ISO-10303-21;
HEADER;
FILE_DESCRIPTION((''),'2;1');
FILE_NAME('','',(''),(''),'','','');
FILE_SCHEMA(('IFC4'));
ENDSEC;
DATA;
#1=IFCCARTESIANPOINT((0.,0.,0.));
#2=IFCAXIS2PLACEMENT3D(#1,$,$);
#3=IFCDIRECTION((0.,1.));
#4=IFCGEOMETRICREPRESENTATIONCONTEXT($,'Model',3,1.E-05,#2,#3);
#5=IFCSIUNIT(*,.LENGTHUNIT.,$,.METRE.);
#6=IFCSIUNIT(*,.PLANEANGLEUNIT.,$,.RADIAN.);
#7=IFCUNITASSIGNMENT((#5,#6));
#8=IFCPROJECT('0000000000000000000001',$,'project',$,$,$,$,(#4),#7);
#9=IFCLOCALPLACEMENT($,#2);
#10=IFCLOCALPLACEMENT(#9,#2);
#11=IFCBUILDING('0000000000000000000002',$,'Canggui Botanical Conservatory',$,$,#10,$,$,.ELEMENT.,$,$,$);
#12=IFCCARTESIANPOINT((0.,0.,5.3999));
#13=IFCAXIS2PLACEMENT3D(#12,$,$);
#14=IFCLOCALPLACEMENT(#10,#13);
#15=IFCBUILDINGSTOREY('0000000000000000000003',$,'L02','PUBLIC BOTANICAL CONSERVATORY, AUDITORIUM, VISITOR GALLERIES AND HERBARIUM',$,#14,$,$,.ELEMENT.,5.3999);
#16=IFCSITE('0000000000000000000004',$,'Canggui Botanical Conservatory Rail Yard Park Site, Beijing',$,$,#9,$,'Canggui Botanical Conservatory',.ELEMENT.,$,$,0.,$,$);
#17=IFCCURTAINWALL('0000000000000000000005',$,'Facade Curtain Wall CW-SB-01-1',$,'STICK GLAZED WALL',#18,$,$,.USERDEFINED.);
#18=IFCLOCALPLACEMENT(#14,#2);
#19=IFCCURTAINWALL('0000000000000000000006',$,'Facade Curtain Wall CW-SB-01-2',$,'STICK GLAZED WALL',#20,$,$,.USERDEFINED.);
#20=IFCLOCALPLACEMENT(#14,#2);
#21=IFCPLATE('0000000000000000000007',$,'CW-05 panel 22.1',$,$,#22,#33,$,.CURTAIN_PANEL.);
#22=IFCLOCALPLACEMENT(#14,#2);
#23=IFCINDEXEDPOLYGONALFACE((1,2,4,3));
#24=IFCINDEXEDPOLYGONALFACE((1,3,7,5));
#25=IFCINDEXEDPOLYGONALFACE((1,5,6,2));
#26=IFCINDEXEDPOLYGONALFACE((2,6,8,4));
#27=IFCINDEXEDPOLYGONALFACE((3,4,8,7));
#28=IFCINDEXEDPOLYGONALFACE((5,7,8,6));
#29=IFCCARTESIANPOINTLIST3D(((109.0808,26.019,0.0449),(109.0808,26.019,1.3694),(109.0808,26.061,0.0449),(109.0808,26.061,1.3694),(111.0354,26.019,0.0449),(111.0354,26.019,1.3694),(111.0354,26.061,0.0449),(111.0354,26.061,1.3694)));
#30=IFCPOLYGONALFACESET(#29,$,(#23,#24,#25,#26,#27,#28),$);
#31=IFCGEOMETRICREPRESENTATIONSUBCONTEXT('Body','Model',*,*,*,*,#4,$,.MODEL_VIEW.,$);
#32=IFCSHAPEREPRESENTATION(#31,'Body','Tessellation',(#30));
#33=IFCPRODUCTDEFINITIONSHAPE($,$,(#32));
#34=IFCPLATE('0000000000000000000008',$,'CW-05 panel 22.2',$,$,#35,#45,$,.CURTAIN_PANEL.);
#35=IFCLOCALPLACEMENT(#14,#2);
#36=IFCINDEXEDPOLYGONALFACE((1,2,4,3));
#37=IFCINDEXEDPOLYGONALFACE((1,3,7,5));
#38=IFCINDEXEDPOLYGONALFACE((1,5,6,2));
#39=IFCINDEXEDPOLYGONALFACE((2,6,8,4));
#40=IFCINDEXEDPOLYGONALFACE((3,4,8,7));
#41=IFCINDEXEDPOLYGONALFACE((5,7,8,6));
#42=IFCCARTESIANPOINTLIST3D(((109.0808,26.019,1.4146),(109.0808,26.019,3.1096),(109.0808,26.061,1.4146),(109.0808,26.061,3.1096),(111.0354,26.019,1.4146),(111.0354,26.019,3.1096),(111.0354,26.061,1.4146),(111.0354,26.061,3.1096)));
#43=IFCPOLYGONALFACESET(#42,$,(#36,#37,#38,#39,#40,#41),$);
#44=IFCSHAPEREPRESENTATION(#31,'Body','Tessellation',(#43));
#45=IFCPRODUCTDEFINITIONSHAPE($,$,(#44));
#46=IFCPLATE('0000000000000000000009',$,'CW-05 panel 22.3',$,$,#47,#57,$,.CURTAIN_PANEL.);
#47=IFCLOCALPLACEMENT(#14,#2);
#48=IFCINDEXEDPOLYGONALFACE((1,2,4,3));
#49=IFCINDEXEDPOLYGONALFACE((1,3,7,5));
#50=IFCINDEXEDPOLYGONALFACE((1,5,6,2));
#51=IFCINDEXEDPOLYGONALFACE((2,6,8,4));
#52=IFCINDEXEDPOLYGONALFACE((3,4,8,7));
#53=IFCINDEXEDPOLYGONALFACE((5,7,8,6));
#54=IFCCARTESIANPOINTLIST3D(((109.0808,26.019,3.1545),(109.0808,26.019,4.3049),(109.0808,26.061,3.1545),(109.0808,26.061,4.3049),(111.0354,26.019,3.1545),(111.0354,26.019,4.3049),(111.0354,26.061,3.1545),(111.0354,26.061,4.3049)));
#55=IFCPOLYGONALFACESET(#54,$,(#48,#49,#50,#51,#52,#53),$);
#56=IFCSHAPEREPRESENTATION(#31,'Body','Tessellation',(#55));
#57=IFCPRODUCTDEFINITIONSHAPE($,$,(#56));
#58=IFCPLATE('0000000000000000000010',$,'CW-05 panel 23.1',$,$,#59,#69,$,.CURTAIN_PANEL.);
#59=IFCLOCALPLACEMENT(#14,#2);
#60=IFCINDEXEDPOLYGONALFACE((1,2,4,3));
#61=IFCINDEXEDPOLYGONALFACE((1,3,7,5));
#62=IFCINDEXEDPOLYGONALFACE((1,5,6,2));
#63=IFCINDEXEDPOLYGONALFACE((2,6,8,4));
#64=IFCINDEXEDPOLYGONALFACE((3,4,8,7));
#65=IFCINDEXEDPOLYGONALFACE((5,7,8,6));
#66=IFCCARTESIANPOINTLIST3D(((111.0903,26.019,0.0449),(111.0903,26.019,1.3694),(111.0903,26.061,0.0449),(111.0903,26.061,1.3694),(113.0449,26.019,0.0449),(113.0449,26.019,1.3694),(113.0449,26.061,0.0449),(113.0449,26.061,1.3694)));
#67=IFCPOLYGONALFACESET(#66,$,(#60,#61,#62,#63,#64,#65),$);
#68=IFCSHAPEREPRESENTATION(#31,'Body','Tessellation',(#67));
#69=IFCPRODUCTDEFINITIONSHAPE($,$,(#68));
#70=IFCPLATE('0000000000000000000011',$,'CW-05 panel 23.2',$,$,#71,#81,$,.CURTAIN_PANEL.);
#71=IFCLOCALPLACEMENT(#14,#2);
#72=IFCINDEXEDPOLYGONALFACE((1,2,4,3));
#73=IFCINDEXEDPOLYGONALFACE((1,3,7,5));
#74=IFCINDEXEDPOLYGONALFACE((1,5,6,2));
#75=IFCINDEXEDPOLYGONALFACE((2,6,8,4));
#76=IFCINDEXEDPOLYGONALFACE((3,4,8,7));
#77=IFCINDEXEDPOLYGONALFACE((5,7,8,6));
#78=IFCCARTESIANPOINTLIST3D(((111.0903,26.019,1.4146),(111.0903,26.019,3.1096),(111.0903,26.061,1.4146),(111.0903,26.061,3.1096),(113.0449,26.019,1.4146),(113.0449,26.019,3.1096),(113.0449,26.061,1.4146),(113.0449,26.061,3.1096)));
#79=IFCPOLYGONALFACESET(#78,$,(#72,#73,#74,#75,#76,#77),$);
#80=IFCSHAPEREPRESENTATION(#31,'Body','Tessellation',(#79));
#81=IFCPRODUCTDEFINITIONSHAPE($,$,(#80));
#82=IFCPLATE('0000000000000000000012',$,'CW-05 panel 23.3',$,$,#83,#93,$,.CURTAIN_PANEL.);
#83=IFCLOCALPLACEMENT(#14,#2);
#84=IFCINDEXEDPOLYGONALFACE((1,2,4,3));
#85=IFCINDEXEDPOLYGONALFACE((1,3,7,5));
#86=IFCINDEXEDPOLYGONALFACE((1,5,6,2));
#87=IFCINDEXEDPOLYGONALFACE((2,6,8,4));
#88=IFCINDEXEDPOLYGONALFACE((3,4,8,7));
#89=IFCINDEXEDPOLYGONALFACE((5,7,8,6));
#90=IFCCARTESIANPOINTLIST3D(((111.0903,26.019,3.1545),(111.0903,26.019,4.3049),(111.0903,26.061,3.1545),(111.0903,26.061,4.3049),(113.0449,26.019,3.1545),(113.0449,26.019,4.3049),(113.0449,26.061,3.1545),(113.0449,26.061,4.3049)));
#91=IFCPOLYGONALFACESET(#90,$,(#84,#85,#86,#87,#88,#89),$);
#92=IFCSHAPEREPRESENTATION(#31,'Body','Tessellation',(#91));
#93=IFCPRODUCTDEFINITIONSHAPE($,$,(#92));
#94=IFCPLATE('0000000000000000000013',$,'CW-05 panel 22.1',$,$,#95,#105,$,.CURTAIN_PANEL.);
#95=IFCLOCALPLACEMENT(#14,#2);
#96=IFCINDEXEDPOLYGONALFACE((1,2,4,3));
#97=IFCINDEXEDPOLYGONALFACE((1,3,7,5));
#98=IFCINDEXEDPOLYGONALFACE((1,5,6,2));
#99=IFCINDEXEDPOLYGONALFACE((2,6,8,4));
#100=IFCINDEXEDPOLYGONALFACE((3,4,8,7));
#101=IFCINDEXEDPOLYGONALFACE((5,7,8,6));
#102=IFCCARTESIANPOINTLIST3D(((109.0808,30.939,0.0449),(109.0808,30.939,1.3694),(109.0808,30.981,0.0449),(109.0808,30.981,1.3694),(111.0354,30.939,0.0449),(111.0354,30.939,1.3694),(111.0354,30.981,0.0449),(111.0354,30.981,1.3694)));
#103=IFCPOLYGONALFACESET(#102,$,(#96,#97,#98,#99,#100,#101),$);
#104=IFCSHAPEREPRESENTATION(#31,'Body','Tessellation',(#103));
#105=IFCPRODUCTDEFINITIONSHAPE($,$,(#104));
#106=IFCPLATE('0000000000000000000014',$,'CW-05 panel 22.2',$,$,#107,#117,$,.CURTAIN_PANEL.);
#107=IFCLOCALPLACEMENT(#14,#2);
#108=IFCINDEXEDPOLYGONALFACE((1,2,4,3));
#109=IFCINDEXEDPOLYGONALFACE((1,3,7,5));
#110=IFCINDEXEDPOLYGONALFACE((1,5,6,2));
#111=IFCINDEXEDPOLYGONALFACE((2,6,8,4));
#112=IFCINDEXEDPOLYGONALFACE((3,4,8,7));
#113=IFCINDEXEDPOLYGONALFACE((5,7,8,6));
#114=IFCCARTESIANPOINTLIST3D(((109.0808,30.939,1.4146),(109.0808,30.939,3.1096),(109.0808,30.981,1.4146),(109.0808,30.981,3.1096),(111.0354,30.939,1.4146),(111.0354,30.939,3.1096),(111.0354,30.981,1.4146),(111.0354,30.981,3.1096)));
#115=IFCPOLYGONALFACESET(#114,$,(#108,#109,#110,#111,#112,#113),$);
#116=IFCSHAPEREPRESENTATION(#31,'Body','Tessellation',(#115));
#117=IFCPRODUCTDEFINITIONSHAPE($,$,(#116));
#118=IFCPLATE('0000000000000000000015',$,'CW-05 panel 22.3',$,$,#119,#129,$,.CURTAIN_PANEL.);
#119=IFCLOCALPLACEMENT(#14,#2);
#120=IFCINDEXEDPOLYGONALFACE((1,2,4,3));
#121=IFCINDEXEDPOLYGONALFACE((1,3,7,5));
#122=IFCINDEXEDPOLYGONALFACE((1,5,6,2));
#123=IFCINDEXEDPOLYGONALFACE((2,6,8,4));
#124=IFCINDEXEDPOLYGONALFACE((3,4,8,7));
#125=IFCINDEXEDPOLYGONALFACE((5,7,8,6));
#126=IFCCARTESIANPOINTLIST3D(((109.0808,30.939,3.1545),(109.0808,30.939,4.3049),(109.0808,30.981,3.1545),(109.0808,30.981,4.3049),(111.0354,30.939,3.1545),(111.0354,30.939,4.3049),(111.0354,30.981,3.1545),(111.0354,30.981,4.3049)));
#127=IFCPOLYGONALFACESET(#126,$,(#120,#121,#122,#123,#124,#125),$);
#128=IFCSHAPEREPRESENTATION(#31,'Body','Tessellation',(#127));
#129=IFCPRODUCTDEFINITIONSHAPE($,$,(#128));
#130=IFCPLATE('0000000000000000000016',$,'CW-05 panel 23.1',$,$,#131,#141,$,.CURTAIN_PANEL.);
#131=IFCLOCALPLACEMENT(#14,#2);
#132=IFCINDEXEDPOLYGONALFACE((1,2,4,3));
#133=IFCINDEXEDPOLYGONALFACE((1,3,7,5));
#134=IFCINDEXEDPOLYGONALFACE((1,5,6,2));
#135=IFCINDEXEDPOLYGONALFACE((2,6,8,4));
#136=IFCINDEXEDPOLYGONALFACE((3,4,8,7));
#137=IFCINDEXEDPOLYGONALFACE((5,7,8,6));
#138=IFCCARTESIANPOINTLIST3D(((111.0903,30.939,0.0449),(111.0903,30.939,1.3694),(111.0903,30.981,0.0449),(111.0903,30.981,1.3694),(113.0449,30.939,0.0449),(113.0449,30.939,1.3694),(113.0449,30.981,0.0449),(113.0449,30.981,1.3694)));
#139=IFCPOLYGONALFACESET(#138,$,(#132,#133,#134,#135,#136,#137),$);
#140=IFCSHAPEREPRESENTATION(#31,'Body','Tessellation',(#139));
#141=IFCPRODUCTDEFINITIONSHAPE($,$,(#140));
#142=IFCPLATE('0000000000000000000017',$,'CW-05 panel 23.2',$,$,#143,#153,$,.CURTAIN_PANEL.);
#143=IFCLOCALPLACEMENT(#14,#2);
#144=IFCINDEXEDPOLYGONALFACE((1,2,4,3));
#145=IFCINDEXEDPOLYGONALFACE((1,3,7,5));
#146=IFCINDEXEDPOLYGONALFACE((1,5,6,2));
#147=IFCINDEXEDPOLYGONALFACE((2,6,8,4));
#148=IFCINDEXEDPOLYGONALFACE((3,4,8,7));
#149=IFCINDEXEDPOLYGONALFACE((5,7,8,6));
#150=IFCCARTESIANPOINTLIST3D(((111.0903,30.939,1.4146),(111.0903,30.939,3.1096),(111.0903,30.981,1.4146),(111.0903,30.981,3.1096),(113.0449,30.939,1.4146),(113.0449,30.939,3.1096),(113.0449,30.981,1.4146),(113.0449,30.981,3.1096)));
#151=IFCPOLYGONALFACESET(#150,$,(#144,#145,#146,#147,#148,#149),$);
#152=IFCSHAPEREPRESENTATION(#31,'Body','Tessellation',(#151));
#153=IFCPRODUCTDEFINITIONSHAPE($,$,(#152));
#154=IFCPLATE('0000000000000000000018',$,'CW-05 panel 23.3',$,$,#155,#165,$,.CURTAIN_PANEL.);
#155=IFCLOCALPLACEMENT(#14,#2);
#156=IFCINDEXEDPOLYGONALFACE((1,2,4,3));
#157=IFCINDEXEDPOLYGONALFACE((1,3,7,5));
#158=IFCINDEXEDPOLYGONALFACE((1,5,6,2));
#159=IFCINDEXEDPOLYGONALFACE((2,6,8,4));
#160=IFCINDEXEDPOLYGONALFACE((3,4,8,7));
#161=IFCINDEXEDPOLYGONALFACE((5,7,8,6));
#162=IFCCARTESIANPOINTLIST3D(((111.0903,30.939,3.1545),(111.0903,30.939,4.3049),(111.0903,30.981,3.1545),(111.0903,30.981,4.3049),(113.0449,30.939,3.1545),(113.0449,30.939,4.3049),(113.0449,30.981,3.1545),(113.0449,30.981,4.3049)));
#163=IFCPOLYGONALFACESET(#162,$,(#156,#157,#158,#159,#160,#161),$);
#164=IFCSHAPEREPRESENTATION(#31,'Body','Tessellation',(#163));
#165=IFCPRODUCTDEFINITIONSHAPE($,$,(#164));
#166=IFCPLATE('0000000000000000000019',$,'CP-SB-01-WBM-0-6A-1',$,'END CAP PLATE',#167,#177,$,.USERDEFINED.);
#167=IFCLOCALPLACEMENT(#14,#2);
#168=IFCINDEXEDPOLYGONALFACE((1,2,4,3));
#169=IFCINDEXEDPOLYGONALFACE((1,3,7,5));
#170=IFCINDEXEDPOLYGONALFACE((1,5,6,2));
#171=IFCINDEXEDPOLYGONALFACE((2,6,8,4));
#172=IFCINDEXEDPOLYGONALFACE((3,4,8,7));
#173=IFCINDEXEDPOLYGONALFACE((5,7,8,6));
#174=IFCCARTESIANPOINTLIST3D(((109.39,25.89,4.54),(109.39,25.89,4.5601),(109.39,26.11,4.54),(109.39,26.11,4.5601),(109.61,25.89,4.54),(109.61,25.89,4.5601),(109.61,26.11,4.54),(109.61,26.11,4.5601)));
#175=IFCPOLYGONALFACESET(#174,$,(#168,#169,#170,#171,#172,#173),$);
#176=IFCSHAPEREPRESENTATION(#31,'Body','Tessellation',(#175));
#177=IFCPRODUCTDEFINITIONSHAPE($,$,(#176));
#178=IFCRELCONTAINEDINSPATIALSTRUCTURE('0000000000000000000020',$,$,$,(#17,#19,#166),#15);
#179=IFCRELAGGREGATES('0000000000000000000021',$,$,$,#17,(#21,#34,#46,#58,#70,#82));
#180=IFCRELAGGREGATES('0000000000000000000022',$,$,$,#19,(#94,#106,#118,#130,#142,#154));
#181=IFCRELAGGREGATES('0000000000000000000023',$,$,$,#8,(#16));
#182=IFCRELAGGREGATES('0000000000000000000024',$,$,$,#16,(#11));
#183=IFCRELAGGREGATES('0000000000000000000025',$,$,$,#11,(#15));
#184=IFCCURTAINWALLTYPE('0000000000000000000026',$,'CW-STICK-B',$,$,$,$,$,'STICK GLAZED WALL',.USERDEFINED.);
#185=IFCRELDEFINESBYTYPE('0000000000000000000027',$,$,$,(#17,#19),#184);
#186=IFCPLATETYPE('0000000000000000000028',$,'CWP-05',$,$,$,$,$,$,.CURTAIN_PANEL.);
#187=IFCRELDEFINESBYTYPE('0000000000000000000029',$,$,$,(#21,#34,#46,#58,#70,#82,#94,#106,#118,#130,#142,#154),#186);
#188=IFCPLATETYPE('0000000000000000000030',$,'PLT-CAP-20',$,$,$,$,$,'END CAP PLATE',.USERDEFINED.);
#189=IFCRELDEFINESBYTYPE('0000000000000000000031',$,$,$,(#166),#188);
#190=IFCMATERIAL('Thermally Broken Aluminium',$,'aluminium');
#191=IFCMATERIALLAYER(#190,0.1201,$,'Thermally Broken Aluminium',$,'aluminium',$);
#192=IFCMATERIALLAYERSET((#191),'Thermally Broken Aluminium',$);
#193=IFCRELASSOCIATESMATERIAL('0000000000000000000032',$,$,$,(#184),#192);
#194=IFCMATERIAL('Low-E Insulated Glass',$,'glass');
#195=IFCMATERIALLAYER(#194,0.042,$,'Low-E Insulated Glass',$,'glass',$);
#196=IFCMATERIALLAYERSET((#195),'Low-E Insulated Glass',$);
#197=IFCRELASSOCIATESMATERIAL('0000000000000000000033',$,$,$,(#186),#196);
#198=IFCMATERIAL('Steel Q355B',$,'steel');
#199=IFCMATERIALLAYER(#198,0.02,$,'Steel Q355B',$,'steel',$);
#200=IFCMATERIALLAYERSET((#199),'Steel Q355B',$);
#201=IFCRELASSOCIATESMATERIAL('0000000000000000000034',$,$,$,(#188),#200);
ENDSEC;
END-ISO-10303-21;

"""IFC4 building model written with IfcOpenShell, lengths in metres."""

from ifc_helpers import new_model, si_unit, direction, frame, origin, origin_2d, place, context, subcontext, project, spatial, rectangle, extrude, material, layer, layer_set, type_object, element, aggregate, save


model = new_model("IFC4")

# Units and contexts
model_context = context("Model", 3, precision=1e-05, world=origin(), true_north=direction((0.0, 1.0)))
body_context = subcontext(model_context, "Body", "Model", "MODEL_VIEW")
ifc_project = project(units=[si_unit("LENGTHUNIT", "METRE"), si_unit("PLANEANGLEUNIT", "RADIAN")], contexts=[model_context])

# Site, building, storey
site_placement = place(None, origin())
site = spatial("IfcSite", under=ifc_project, at=site_placement, Name="Canggui Botanical Conservatory Rail Yard Park Site, Beijing", LongName="Canggui Botanical Conservatory", CompositionType="ELEMENT", RefElevation=0.0)
building_placement = place(site_placement, origin())
building = spatial("IfcBuilding", under=site, at=building_placement, Name="Canggui Botanical Conservatory", CompositionType="ELEMENT")
storey_placement = place(building_placement, frame((0.0, 0.0, 5.3999)))
storey = spatial("IfcBuildingStorey", under=building, at=storey_placement, Name="L02", Description="PUBLIC BOTANICAL CONSERVATORY, AUDITORIUM, VISITOR GALLERIES AND HERBARIUM", CompositionType="ELEMENT", Elevation=5.3999)

# Curtain walls
ifc_material_1 = material(Name="Thermally Broken Aluminium", Category="aluminium")
ifc_layer_1 = layer(ifc_material_1, 0.1201, Name="Thermally Broken Aluminium", Category="aluminium")
ifc_layer_set_1 = layer_set([ifc_layer_1], Name="Thermally Broken Aluminium")
curtain_wall_type = type_object("IfcCurtainWallType", Name="CW-STICK-B", ElementType="STICK GLAZED WALL", PredefinedType="USERDEFINED", material=ifc_layer_set_1)
curtain_wall_1_placement = place(storey_placement, origin())
curtain_wall_1 = element("IfcCurtainWall", 1, at=curtain_wall_1_placement, inside=storey, type_object=curtain_wall_type, Name="Facade Curtain Wall CW-SB-01-1", ObjectType="STICK GLAZED WALL", PredefinedType="USERDEFINED")
curtain_wall_2_placement = place(storey_placement, origin())
curtain_wall_2 = element("IfcCurtainWall", 2, at=curtain_wall_2_placement, inside=storey, type_object=curtain_wall_type, Name="Facade Curtain Wall CW-SB-01-2", ObjectType="STICK GLAZED WALL", PredefinedType="USERDEFINED")

# Plates
ifc_material_2 = material(Name="Low-E Insulated Glass", Category="glass")
ifc_layer_2 = layer(ifc_material_2, 0.042, Name="Low-E Insulated Glass", Category="glass")
ifc_layer_set_2 = layer_set([ifc_layer_2], Name="Low-E Insulated Glass")
plate_type_1 = type_object("IfcPlateType", Name="CWP-05", PredefinedType="CURTAIN_PANEL", material=ifc_layer_set_2)
plate_1_placement = place(storey_placement, frame((110.0581, 26.04, 0.0449), z_axis=(0.0, 0.0, 1.0), x_axis=(1.0, 0.0, 0.0)))
plate_1 = element("IfcPlate", 3, at=plate_1_placement, type_object=plate_type_1, Name="CW-05 panel 22.1", PredefinedType="CURTAIN_PANEL", context=body_context, shape_type="SweptSolid", body=[
    extrude(rectangle(XDim=1.9546, YDim=0.042, at=origin_2d()), origin(), (0.0, 0.0, 1.0), 1.3245),
])
plate_2_placement = place(storey_placement, frame((110.0581, 26.04, 1.4146), z_axis=(0.0, 0.0, 1.0), x_axis=(1.0, 0.0, 0.0)))
plate_2 = element("IfcPlate", 4, at=plate_2_placement, type_object=plate_type_1, Name="CW-05 panel 22.2", PredefinedType="CURTAIN_PANEL", context=body_context, shape_type="SweptSolid", body=[
    extrude(rectangle(XDim=1.9546, YDim=0.042, at=origin_2d()), origin(), (0.0, 0.0, 1.0), 1.6951),
])
plate_3_placement = place(storey_placement, frame((110.0581, 26.04, 3.1545), z_axis=(0.0, 0.0, 1.0), x_axis=(1.0, 0.0, 0.0)))
plate_3 = element("IfcPlate", 5, at=plate_3_placement, type_object=plate_type_1, Name="CW-05 panel 22.3", PredefinedType="CURTAIN_PANEL", context=body_context, shape_type="SweptSolid", body=[
    extrude(rectangle(XDim=1.9546, YDim=0.042, at=origin_2d()), origin(), (0.0, 0.0, 1.0), 1.1504),
])
plate_4_placement = place(storey_placement, frame((112.0676, 26.04, 0.0449), z_axis=(0.0, 0.0, 1.0), x_axis=(1.0, 0.0, 0.0)))
plate_4 = element("IfcPlate", 6, at=plate_4_placement, type_object=plate_type_1, Name="CW-05 panel 23.1", PredefinedType="CURTAIN_PANEL", context=body_context, shape_type="SweptSolid", body=[
    extrude(rectangle(XDim=1.9546, YDim=0.042, at=origin_2d()), origin(), (0.0, 0.0, 1.0), 1.3245),
])
plate_5_placement = place(storey_placement, frame((112.0676, 26.04, 1.4146), z_axis=(0.0, 0.0, 1.0), x_axis=(1.0, 0.0, 0.0)))
plate_5 = element("IfcPlate", 7, at=plate_5_placement, type_object=plate_type_1, Name="CW-05 panel 23.2", PredefinedType="CURTAIN_PANEL", context=body_context, shape_type="SweptSolid", body=[
    extrude(rectangle(XDim=1.9546, YDim=0.042, at=origin_2d()), origin(), (0.0, 0.0, 1.0), 1.6951),
])
plate_6_placement = place(storey_placement, frame((112.0676, 26.04, 3.1545), z_axis=(0.0, 0.0, 1.0), x_axis=(1.0, 0.0, 0.0)))
plate_6 = element("IfcPlate", 8, at=plate_6_placement, type_object=plate_type_1, Name="CW-05 panel 23.3", PredefinedType="CURTAIN_PANEL", context=body_context, shape_type="SweptSolid", body=[
    extrude(rectangle(XDim=1.9546, YDim=0.042, at=origin_2d()), origin(), (0.0, 0.0, 1.0), 1.1504),
])
aggregate(curtain_wall_1, [plate_1, plate_2, plate_3, plate_4, plate_5, plate_6])
plate_7_placement = place(storey_placement, frame((110.0581, 30.96, 0.0449), z_axis=(0.0, 0.0, 1.0), x_axis=(1.0, 0.0, 0.0)))
plate_7 = element("IfcPlate", 9, at=plate_7_placement, type_object=plate_type_1, Name="CW-05 panel 22.1", PredefinedType="CURTAIN_PANEL", context=body_context, shape_type="SweptSolid", body=[
    extrude(rectangle(XDim=1.9546, YDim=0.042, at=origin_2d()), origin(), (0.0, 0.0, 1.0), 1.3245),
])
plate_8_placement = place(storey_placement, frame((110.0581, 30.96, 1.4146), z_axis=(0.0, 0.0, 1.0), x_axis=(1.0, 0.0, 0.0)))
plate_8 = element("IfcPlate", 10, at=plate_8_placement, type_object=plate_type_1, Name="CW-05 panel 22.2", PredefinedType="CURTAIN_PANEL", context=body_context, shape_type="SweptSolid", body=[
    extrude(rectangle(XDim=1.9546, YDim=0.042, at=origin_2d()), origin(), (0.0, 0.0, 1.0), 1.6951),
])
plate_9_placement = place(storey_placement, frame((110.0581, 30.96, 3.1545), z_axis=(0.0, 0.0, 1.0), x_axis=(1.0, 0.0, 0.0)))
plate_9 = element("IfcPlate", 11, at=plate_9_placement, type_object=plate_type_1, Name="CW-05 panel 22.3", PredefinedType="CURTAIN_PANEL", context=body_context, shape_type="SweptSolid", body=[
    extrude(rectangle(XDim=1.9546, YDim=0.042, at=origin_2d()), origin(), (0.0, 0.0, 1.0), 1.1504),
])
plate_10_placement = place(storey_placement, frame((112.0676, 30.96, 0.0449), z_axis=(0.0, 0.0, 1.0), x_axis=(1.0, 0.0, 0.0)))
plate_10 = element("IfcPlate", 12, at=plate_10_placement, type_object=plate_type_1, Name="CW-05 panel 23.1", PredefinedType="CURTAIN_PANEL", context=body_context, shape_type="SweptSolid", body=[
    extrude(rectangle(XDim=1.9546, YDim=0.042, at=origin_2d()), origin(), (0.0, 0.0, 1.0), 1.3245),
])
plate_11_placement = place(storey_placement, frame((112.0676, 30.96, 1.4146), z_axis=(0.0, 0.0, 1.0), x_axis=(1.0, 0.0, 0.0)))
plate_11 = element("IfcPlate", 13, at=plate_11_placement, type_object=plate_type_1, Name="CW-05 panel 23.2", PredefinedType="CURTAIN_PANEL", context=body_context, shape_type="SweptSolid", body=[
    extrude(rectangle(XDim=1.9546, YDim=0.042, at=origin_2d()), origin(), (0.0, 0.0, 1.0), 1.6951),
])
plate_12_placement = place(storey_placement, frame((112.0676, 30.96, 3.1545), z_axis=(0.0, 0.0, 1.0), x_axis=(1.0, 0.0, 0.0)))
plate_12 = element("IfcPlate", 14, at=plate_12_placement, type_object=plate_type_1, Name="CW-05 panel 23.3", PredefinedType="CURTAIN_PANEL", context=body_context, shape_type="SweptSolid", body=[
    extrude(rectangle(XDim=1.9546, YDim=0.042, at=origin_2d()), origin(), (0.0, 0.0, 1.0), 1.1504),
])
aggregate(curtain_wall_2, [plate_7, plate_8, plate_9, plate_10, plate_11, plate_12])
ifc_material_3 = material(Name="Steel Q355B", Category="steel")
ifc_layer_3 = layer(ifc_material_3, 0.02, Name="Steel Q355B", Category="steel")
ifc_layer_set_3 = layer_set([ifc_layer_3], Name="Steel Q355B")
plate_type_2 = type_object("IfcPlateType", Name="PLT-CAP-20", ElementType="END CAP PLATE", PredefinedType="USERDEFINED", material=ifc_layer_set_3)
plate_13_placement = place(storey_placement, frame((109.5, 26.0, 4.54), z_axis=(0.0, 0.0, 1.0), x_axis=(1.0, 0.0, 0.0)))
element("IfcPlate", 15, at=plate_13_placement, inside=storey, type_object=plate_type_2, Name="CP-SB-01-WBM-0-6A-1", ObjectType="END CAP PLATE", PredefinedType="USERDEFINED", context=body_context, shape_type="SweptSolid", body=[
    extrude(rectangle(XDim=0.22, YDim=0.22, at=origin_2d()), origin(), (0.0, 0.0, 1.0), 0.02),
])

save(model, "model.ifc")
